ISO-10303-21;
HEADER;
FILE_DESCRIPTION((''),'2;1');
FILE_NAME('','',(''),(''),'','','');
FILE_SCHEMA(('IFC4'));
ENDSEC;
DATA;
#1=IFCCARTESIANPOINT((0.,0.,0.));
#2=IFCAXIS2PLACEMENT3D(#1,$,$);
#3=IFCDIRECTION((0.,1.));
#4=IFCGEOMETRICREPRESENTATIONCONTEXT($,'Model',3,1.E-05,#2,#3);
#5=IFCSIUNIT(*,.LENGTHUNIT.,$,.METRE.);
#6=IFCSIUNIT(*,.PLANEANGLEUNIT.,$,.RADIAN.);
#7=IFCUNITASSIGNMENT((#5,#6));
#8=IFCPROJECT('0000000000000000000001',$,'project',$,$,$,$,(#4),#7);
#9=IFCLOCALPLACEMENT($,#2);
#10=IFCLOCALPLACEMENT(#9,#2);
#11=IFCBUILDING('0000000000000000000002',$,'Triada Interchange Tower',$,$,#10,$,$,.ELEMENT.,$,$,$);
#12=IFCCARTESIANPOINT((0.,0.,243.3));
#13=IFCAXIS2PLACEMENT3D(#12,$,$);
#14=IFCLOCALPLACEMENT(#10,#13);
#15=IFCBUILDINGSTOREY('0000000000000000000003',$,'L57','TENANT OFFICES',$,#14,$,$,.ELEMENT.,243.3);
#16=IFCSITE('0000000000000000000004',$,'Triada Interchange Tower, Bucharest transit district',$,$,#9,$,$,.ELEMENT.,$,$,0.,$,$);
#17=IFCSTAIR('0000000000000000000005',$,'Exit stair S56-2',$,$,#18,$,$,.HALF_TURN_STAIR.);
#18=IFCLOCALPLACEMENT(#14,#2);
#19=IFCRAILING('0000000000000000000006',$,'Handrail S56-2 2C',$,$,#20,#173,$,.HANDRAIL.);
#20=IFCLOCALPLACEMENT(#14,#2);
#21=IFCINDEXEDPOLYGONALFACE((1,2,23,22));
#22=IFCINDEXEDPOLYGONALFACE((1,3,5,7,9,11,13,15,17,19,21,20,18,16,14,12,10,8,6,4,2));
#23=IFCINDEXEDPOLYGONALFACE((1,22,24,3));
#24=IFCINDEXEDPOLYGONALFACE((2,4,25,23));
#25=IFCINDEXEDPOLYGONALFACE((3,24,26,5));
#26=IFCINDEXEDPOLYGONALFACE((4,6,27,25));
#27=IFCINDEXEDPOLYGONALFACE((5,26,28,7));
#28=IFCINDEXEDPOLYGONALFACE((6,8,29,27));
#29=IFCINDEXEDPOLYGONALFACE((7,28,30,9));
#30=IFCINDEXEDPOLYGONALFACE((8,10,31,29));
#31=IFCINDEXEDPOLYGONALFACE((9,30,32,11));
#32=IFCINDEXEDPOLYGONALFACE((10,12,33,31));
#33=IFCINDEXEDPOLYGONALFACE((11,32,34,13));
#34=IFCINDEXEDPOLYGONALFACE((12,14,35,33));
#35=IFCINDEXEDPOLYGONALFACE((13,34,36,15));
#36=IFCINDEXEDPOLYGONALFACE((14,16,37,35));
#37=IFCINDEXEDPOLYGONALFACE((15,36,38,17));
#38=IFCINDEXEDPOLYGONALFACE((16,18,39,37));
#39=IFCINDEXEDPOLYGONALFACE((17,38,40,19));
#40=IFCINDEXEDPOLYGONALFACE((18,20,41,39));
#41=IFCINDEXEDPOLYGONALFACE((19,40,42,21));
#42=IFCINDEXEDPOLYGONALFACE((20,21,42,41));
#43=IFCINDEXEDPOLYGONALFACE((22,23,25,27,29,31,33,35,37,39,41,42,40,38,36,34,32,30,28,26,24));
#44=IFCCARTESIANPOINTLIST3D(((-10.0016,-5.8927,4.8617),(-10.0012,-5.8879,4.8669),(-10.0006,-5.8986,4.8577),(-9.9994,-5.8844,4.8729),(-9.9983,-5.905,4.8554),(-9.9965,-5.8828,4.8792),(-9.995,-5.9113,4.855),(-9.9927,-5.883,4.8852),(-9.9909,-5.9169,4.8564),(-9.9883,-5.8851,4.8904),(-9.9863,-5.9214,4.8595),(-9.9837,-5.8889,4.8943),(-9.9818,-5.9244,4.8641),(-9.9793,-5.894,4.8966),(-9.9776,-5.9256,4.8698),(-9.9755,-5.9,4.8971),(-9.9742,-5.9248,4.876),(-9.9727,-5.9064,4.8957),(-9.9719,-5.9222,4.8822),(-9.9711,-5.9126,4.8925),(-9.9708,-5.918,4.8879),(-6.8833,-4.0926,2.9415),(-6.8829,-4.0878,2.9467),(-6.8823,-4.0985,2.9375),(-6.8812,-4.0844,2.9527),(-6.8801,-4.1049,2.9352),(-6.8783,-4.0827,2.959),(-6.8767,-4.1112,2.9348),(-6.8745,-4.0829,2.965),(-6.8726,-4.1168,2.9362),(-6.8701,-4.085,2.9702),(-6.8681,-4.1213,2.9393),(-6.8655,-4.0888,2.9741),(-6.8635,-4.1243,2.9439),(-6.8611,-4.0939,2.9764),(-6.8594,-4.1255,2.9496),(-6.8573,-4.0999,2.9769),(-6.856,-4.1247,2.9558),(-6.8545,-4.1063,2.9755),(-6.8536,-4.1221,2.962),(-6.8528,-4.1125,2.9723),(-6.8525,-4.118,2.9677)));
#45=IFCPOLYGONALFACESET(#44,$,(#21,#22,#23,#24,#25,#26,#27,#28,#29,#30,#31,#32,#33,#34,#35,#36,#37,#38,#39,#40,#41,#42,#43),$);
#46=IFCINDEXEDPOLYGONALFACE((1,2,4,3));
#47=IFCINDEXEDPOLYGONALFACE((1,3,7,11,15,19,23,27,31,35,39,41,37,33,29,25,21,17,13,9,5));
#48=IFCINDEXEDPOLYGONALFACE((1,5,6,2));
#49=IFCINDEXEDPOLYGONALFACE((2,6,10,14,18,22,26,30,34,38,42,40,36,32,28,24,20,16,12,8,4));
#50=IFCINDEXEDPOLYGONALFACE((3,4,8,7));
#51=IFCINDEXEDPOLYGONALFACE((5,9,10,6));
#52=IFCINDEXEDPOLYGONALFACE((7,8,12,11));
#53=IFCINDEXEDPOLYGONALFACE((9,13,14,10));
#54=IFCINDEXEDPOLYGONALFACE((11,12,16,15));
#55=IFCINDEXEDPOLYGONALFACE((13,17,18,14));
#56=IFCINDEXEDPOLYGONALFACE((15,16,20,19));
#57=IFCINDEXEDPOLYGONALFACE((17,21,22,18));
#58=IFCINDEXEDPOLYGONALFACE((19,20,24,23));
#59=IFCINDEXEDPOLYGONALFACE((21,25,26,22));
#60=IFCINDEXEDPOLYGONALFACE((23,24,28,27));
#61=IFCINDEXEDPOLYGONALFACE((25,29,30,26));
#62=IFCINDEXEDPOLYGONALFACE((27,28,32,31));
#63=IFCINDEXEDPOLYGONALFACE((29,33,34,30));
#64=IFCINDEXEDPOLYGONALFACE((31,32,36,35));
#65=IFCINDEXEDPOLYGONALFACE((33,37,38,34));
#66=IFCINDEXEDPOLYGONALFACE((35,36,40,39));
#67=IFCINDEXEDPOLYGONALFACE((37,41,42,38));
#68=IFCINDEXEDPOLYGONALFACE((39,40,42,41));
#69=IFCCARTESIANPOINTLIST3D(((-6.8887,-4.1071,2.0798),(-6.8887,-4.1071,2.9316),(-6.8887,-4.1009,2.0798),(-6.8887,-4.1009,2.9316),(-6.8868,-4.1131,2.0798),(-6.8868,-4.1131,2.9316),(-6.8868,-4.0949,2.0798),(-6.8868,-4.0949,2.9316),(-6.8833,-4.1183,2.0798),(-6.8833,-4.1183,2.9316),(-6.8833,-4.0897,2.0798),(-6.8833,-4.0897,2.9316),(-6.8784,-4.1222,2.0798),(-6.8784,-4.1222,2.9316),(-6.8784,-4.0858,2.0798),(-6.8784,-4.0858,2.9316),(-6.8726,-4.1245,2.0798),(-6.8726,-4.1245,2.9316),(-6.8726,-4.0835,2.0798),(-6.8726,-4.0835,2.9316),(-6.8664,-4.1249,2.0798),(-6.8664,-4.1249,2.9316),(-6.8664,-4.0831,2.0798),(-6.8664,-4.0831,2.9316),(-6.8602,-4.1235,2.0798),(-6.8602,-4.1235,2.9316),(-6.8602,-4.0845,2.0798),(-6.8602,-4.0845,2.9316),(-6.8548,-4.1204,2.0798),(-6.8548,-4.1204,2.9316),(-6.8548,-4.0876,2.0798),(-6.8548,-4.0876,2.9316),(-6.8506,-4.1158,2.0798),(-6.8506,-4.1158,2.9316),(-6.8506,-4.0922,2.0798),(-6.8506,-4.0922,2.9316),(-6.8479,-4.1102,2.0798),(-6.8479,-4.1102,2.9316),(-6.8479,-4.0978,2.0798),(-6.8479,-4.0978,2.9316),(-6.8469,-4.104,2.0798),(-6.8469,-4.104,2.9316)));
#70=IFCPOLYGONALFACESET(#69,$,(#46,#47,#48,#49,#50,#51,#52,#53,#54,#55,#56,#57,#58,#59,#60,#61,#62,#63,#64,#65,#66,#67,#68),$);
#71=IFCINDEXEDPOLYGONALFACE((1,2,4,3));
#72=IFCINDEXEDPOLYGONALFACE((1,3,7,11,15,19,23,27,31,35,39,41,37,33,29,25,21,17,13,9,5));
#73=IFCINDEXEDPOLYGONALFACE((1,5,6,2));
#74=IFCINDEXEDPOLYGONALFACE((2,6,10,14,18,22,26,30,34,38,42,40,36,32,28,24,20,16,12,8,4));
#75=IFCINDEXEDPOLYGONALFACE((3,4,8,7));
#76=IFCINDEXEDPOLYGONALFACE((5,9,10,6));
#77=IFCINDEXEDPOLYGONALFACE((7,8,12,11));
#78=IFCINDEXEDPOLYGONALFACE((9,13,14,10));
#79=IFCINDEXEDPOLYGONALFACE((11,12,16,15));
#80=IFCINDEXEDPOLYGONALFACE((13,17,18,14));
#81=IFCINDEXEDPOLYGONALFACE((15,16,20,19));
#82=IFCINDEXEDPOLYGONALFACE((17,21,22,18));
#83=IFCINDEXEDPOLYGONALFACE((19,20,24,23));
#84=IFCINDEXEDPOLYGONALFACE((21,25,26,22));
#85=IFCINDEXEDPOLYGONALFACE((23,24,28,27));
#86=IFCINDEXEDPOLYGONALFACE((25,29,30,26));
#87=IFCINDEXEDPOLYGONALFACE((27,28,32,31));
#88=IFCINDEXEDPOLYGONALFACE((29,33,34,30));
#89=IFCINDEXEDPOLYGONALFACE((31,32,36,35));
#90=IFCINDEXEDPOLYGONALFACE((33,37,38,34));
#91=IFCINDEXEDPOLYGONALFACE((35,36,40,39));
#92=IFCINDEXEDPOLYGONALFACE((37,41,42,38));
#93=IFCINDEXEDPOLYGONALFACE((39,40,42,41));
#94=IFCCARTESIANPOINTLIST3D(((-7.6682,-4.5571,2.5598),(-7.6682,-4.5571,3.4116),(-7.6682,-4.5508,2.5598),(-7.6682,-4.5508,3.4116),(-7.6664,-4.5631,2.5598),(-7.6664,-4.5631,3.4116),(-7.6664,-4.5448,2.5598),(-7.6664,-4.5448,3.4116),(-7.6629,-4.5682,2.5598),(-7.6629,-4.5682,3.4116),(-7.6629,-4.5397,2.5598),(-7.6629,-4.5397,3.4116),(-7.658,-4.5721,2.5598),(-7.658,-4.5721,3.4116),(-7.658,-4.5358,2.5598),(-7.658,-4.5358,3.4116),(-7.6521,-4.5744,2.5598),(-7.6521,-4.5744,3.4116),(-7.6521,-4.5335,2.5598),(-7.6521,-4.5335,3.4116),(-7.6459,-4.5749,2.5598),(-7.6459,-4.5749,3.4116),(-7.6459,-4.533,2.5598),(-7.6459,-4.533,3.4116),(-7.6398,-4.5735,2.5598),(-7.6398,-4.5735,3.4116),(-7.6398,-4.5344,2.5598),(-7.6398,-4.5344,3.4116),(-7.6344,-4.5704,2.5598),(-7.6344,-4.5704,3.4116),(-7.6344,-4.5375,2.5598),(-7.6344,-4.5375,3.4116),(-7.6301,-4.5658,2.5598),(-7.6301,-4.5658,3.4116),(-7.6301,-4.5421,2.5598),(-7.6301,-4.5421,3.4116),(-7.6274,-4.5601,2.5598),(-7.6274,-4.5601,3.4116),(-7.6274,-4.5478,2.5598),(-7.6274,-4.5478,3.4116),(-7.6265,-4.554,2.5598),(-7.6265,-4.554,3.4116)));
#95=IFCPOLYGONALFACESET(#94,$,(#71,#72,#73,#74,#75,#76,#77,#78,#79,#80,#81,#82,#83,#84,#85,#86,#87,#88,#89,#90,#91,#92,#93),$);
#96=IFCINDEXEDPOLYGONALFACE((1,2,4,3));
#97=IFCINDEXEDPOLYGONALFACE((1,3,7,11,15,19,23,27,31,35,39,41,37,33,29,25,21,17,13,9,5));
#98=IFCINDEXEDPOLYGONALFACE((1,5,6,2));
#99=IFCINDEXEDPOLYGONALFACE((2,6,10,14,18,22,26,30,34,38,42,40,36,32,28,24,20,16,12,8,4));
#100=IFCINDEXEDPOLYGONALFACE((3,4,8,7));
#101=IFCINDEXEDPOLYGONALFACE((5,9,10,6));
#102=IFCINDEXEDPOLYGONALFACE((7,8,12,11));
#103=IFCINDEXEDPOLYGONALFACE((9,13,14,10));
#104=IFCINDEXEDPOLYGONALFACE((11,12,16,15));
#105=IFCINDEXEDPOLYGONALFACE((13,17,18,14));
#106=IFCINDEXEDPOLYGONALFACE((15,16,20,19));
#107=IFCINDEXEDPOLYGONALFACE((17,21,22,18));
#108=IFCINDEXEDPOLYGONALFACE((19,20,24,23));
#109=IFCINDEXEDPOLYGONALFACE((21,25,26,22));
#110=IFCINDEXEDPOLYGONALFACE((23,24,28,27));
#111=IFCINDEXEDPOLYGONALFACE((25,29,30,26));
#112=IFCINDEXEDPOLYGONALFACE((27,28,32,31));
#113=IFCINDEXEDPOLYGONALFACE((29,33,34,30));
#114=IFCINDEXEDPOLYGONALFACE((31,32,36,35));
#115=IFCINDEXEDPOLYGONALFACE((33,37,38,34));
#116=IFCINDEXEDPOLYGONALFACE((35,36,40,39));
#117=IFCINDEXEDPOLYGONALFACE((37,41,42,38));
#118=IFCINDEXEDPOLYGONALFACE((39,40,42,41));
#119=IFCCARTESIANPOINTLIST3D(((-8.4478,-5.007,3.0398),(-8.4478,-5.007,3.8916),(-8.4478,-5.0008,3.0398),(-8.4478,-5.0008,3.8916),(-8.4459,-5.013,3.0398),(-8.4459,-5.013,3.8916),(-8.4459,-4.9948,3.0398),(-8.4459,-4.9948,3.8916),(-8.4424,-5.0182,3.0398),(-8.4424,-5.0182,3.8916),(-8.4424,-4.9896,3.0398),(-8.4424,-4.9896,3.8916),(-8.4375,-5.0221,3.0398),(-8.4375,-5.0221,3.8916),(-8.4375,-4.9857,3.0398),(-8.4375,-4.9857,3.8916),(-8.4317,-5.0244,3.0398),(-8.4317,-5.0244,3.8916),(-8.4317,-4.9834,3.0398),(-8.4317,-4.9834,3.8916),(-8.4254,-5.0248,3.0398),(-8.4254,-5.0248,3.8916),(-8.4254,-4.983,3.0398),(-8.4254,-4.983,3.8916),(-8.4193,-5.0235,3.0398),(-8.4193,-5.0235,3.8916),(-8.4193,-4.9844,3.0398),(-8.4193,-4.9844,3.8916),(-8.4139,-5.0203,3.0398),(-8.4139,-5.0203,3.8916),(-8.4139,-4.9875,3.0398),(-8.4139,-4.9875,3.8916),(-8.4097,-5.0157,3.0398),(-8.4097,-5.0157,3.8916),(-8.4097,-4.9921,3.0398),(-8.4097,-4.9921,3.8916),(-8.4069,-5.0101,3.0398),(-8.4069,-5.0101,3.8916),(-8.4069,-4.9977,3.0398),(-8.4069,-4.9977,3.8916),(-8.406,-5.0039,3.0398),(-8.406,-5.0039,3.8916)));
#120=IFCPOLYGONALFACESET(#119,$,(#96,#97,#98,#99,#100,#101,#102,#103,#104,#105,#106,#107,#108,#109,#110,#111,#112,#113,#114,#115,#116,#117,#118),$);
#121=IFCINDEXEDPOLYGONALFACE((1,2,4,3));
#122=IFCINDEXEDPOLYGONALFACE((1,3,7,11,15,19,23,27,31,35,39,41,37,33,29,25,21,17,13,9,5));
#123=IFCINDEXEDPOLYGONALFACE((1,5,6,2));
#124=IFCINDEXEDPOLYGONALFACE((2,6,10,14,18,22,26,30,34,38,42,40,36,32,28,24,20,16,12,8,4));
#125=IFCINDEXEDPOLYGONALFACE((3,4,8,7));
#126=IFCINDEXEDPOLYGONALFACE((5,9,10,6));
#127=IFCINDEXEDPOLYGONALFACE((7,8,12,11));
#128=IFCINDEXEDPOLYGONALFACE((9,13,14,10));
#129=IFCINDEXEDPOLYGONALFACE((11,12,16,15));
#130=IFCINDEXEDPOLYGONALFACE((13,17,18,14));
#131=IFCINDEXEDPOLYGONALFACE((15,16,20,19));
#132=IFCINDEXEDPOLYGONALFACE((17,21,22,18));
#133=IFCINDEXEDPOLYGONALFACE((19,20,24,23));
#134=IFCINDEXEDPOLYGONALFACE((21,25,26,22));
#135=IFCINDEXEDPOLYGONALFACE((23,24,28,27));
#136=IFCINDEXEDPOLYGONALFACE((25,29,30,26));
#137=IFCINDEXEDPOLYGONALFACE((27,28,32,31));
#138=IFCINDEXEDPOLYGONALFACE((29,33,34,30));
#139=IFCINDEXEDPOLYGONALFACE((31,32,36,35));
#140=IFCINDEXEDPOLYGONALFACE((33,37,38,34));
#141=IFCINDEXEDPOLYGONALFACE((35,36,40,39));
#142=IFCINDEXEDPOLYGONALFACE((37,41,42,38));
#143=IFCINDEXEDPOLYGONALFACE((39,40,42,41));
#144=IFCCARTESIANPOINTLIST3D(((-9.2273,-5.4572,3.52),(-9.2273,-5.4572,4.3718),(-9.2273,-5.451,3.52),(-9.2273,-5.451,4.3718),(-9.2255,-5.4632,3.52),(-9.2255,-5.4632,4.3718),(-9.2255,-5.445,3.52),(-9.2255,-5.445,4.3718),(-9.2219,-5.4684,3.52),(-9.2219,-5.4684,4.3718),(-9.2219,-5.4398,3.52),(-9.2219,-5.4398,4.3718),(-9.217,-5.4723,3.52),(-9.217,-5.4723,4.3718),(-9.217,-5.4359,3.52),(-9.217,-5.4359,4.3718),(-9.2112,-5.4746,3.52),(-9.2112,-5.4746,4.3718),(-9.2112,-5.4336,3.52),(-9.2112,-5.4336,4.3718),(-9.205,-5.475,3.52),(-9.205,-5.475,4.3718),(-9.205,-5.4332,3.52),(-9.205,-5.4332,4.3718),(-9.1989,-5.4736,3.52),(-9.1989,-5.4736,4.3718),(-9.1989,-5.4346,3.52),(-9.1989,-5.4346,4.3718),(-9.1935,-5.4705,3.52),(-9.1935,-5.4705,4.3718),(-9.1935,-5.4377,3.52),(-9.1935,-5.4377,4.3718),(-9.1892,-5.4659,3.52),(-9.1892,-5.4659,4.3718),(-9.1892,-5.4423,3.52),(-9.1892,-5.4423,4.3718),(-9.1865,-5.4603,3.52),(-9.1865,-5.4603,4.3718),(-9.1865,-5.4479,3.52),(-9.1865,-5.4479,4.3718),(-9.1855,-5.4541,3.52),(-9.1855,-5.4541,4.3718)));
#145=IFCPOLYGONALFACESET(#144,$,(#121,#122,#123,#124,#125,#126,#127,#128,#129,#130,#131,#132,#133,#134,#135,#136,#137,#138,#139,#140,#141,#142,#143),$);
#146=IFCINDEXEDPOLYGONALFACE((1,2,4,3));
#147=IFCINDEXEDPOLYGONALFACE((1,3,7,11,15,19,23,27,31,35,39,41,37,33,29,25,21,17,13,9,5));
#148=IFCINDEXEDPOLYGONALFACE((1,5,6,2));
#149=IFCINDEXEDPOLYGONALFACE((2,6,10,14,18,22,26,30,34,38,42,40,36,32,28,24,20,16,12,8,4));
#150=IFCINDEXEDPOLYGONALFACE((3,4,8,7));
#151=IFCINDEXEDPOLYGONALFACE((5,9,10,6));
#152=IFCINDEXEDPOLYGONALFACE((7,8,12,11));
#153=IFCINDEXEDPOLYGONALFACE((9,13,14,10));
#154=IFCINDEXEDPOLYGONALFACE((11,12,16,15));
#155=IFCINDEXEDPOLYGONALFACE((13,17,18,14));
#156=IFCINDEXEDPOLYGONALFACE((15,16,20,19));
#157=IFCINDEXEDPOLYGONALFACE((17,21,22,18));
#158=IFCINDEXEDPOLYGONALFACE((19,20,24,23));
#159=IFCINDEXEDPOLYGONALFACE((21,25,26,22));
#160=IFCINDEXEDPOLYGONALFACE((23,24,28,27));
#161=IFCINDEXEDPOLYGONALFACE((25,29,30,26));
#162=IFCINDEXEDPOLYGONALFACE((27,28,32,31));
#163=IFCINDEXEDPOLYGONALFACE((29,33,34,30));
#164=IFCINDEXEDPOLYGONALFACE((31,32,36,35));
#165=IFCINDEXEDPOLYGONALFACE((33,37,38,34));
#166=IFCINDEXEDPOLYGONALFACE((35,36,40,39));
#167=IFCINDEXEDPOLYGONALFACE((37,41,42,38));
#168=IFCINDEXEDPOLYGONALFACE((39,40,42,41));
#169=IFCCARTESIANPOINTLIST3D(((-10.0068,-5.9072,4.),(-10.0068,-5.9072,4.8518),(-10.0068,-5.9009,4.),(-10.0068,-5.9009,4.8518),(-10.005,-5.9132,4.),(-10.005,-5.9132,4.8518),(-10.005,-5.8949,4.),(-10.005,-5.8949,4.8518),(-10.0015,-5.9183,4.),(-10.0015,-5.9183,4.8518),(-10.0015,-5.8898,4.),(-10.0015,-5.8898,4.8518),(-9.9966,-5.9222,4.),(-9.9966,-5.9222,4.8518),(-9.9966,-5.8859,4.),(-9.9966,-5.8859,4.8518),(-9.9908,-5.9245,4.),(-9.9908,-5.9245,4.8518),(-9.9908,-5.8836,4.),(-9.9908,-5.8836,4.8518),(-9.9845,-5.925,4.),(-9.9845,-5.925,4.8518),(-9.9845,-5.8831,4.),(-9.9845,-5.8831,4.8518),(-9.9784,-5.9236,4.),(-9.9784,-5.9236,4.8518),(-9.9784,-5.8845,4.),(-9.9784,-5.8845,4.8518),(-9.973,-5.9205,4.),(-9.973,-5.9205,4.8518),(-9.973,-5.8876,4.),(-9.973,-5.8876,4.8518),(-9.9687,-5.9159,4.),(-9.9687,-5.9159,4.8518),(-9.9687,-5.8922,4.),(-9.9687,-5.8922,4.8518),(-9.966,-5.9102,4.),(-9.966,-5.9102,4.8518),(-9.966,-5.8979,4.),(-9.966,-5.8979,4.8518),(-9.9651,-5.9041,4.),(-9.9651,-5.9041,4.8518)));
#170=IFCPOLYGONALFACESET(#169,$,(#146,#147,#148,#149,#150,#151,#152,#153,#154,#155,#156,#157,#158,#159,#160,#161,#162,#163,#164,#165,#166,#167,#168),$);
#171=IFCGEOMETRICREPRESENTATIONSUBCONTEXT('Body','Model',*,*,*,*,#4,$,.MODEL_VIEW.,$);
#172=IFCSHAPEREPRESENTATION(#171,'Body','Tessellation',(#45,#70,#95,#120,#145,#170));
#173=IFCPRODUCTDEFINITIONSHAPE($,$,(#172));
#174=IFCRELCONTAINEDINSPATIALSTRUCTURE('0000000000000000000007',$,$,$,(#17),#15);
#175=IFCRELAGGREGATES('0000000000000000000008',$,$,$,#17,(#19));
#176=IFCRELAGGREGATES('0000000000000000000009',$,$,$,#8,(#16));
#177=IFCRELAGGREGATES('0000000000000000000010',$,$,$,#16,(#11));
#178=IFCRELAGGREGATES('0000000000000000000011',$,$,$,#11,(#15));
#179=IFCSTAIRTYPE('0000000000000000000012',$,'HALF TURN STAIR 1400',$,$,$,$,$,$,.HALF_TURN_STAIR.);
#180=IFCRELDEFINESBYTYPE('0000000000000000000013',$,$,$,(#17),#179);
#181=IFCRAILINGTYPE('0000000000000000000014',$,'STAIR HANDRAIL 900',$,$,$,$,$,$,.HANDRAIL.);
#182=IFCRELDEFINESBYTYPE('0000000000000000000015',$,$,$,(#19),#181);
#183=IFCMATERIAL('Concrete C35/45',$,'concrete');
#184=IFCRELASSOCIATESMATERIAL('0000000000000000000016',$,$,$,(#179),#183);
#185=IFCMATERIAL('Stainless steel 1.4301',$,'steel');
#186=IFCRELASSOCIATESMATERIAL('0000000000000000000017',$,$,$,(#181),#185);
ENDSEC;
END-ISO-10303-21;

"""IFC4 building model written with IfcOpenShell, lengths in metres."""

from ifc_helpers import new_model, si_unit, direction, frame, origin, origin_2d, place, context, subcontext, project, spatial, circle, extrude, material, type_object, element, aggregate, save


model = new_model("IFC4")

# Units and contexts
model_context = context("Model", 3, precision=1e-05, world=origin(), true_north=direction((0.0, 1.0)))
body_context = subcontext(model_context, "Body", "Model", "MODEL_VIEW")
ifc_project = project(units=[si_unit("LENGTHUNIT", "METRE"), si_unit("PLANEANGLEUNIT", "RADIAN")], contexts=[model_context])

# Site, building, storey
site_placement = place(None, origin())
site = spatial("IfcSite", under=ifc_project, at=site_placement, Name="Triada Interchange Tower, Bucharest transit district", CompositionType="ELEMENT", RefElevation=0.0)
building_placement = place(site_placement, origin())
building = spatial("IfcBuilding", under=site, at=building_placement, Name="Triada Interchange Tower", CompositionType="ELEMENT")
storey_placement = place(building_placement, frame((0.0, 0.0, 243.3)))
storey = spatial("IfcBuildingStorey", under=building, at=storey_placement, Name="L57", Description="TENANT OFFICES", CompositionType="ELEMENT", Elevation=243.3)

# Stair, railing
ifc_material_1 = material(Name="Concrete C35/45", Category="concrete")
stair_type = type_object("IfcStairType", Name="HALF TURN STAIR 1400", PredefinedType="HALF_TURN_STAIR", material=ifc_material_1)
stair_placement = place(storey_placement, origin())
stair = element("IfcStair", 1, at=stair_placement, inside=storey, type_object=stair_type, Name="Exit stair S56-2", PredefinedType="HALF_TURN_STAIR")
ifc_material_2 = material(Name="Stainless steel 1.4301", Category="steel")
railing_type = type_object("IfcRailingType", Name="STAIR HANDRAIL 900", PredefinedType="HANDRAIL", material=ifc_material_2)
railing_1_placement = place(storey_placement, frame((-6.8679, -4.104, 2.0798)))
railing_1 = element("IfcRailing", 2, at=railing_1_placement, type_object=railing_type, Name="Handrail S56-2 2C", PredefinedType="HANDRAIL", context=body_context, shape_type="SweptSolid", body=[
    extrude(circle(Radius=0.0239, at=origin_2d()), frame((0.0, 0.0, 0.876), z_axis=(-0.76417, -0.441139, 0.470576), x_axis=(0.499953, -0.866052, 0.0)), (0.0, 0.0, 1.0), 4.0806),
    extrude(circle(Radius=0.021, at=origin_2d()), origin(), (0.0, 0.0, 1.0), 0.8518),
    extrude(circle(Radius=0.021, at=origin_2d()), frame((-0.7795, -0.45, 0.48)), (0.0, 0.0, 1.0), 0.8518),
    extrude(circle(Radius=0.021, at=origin_2d()), frame((-1.5591, -0.8999, 0.96)), (0.0, 0.0, 1.0), 0.8518),
    extrude(circle(Radius=0.021, at=origin_2d()), frame((-2.3386, -1.3501, 1.4402)), (0.0, 0.0, 1.0), 0.8518),
    extrude(circle(Radius=0.021, at=origin_2d()), frame((-3.1182, -1.8, 1.9202)), (0.0, 0.0, 1.0), 0.8518),
])
aggregate(stair, [railing_1])

save(model, "model.ifc")
